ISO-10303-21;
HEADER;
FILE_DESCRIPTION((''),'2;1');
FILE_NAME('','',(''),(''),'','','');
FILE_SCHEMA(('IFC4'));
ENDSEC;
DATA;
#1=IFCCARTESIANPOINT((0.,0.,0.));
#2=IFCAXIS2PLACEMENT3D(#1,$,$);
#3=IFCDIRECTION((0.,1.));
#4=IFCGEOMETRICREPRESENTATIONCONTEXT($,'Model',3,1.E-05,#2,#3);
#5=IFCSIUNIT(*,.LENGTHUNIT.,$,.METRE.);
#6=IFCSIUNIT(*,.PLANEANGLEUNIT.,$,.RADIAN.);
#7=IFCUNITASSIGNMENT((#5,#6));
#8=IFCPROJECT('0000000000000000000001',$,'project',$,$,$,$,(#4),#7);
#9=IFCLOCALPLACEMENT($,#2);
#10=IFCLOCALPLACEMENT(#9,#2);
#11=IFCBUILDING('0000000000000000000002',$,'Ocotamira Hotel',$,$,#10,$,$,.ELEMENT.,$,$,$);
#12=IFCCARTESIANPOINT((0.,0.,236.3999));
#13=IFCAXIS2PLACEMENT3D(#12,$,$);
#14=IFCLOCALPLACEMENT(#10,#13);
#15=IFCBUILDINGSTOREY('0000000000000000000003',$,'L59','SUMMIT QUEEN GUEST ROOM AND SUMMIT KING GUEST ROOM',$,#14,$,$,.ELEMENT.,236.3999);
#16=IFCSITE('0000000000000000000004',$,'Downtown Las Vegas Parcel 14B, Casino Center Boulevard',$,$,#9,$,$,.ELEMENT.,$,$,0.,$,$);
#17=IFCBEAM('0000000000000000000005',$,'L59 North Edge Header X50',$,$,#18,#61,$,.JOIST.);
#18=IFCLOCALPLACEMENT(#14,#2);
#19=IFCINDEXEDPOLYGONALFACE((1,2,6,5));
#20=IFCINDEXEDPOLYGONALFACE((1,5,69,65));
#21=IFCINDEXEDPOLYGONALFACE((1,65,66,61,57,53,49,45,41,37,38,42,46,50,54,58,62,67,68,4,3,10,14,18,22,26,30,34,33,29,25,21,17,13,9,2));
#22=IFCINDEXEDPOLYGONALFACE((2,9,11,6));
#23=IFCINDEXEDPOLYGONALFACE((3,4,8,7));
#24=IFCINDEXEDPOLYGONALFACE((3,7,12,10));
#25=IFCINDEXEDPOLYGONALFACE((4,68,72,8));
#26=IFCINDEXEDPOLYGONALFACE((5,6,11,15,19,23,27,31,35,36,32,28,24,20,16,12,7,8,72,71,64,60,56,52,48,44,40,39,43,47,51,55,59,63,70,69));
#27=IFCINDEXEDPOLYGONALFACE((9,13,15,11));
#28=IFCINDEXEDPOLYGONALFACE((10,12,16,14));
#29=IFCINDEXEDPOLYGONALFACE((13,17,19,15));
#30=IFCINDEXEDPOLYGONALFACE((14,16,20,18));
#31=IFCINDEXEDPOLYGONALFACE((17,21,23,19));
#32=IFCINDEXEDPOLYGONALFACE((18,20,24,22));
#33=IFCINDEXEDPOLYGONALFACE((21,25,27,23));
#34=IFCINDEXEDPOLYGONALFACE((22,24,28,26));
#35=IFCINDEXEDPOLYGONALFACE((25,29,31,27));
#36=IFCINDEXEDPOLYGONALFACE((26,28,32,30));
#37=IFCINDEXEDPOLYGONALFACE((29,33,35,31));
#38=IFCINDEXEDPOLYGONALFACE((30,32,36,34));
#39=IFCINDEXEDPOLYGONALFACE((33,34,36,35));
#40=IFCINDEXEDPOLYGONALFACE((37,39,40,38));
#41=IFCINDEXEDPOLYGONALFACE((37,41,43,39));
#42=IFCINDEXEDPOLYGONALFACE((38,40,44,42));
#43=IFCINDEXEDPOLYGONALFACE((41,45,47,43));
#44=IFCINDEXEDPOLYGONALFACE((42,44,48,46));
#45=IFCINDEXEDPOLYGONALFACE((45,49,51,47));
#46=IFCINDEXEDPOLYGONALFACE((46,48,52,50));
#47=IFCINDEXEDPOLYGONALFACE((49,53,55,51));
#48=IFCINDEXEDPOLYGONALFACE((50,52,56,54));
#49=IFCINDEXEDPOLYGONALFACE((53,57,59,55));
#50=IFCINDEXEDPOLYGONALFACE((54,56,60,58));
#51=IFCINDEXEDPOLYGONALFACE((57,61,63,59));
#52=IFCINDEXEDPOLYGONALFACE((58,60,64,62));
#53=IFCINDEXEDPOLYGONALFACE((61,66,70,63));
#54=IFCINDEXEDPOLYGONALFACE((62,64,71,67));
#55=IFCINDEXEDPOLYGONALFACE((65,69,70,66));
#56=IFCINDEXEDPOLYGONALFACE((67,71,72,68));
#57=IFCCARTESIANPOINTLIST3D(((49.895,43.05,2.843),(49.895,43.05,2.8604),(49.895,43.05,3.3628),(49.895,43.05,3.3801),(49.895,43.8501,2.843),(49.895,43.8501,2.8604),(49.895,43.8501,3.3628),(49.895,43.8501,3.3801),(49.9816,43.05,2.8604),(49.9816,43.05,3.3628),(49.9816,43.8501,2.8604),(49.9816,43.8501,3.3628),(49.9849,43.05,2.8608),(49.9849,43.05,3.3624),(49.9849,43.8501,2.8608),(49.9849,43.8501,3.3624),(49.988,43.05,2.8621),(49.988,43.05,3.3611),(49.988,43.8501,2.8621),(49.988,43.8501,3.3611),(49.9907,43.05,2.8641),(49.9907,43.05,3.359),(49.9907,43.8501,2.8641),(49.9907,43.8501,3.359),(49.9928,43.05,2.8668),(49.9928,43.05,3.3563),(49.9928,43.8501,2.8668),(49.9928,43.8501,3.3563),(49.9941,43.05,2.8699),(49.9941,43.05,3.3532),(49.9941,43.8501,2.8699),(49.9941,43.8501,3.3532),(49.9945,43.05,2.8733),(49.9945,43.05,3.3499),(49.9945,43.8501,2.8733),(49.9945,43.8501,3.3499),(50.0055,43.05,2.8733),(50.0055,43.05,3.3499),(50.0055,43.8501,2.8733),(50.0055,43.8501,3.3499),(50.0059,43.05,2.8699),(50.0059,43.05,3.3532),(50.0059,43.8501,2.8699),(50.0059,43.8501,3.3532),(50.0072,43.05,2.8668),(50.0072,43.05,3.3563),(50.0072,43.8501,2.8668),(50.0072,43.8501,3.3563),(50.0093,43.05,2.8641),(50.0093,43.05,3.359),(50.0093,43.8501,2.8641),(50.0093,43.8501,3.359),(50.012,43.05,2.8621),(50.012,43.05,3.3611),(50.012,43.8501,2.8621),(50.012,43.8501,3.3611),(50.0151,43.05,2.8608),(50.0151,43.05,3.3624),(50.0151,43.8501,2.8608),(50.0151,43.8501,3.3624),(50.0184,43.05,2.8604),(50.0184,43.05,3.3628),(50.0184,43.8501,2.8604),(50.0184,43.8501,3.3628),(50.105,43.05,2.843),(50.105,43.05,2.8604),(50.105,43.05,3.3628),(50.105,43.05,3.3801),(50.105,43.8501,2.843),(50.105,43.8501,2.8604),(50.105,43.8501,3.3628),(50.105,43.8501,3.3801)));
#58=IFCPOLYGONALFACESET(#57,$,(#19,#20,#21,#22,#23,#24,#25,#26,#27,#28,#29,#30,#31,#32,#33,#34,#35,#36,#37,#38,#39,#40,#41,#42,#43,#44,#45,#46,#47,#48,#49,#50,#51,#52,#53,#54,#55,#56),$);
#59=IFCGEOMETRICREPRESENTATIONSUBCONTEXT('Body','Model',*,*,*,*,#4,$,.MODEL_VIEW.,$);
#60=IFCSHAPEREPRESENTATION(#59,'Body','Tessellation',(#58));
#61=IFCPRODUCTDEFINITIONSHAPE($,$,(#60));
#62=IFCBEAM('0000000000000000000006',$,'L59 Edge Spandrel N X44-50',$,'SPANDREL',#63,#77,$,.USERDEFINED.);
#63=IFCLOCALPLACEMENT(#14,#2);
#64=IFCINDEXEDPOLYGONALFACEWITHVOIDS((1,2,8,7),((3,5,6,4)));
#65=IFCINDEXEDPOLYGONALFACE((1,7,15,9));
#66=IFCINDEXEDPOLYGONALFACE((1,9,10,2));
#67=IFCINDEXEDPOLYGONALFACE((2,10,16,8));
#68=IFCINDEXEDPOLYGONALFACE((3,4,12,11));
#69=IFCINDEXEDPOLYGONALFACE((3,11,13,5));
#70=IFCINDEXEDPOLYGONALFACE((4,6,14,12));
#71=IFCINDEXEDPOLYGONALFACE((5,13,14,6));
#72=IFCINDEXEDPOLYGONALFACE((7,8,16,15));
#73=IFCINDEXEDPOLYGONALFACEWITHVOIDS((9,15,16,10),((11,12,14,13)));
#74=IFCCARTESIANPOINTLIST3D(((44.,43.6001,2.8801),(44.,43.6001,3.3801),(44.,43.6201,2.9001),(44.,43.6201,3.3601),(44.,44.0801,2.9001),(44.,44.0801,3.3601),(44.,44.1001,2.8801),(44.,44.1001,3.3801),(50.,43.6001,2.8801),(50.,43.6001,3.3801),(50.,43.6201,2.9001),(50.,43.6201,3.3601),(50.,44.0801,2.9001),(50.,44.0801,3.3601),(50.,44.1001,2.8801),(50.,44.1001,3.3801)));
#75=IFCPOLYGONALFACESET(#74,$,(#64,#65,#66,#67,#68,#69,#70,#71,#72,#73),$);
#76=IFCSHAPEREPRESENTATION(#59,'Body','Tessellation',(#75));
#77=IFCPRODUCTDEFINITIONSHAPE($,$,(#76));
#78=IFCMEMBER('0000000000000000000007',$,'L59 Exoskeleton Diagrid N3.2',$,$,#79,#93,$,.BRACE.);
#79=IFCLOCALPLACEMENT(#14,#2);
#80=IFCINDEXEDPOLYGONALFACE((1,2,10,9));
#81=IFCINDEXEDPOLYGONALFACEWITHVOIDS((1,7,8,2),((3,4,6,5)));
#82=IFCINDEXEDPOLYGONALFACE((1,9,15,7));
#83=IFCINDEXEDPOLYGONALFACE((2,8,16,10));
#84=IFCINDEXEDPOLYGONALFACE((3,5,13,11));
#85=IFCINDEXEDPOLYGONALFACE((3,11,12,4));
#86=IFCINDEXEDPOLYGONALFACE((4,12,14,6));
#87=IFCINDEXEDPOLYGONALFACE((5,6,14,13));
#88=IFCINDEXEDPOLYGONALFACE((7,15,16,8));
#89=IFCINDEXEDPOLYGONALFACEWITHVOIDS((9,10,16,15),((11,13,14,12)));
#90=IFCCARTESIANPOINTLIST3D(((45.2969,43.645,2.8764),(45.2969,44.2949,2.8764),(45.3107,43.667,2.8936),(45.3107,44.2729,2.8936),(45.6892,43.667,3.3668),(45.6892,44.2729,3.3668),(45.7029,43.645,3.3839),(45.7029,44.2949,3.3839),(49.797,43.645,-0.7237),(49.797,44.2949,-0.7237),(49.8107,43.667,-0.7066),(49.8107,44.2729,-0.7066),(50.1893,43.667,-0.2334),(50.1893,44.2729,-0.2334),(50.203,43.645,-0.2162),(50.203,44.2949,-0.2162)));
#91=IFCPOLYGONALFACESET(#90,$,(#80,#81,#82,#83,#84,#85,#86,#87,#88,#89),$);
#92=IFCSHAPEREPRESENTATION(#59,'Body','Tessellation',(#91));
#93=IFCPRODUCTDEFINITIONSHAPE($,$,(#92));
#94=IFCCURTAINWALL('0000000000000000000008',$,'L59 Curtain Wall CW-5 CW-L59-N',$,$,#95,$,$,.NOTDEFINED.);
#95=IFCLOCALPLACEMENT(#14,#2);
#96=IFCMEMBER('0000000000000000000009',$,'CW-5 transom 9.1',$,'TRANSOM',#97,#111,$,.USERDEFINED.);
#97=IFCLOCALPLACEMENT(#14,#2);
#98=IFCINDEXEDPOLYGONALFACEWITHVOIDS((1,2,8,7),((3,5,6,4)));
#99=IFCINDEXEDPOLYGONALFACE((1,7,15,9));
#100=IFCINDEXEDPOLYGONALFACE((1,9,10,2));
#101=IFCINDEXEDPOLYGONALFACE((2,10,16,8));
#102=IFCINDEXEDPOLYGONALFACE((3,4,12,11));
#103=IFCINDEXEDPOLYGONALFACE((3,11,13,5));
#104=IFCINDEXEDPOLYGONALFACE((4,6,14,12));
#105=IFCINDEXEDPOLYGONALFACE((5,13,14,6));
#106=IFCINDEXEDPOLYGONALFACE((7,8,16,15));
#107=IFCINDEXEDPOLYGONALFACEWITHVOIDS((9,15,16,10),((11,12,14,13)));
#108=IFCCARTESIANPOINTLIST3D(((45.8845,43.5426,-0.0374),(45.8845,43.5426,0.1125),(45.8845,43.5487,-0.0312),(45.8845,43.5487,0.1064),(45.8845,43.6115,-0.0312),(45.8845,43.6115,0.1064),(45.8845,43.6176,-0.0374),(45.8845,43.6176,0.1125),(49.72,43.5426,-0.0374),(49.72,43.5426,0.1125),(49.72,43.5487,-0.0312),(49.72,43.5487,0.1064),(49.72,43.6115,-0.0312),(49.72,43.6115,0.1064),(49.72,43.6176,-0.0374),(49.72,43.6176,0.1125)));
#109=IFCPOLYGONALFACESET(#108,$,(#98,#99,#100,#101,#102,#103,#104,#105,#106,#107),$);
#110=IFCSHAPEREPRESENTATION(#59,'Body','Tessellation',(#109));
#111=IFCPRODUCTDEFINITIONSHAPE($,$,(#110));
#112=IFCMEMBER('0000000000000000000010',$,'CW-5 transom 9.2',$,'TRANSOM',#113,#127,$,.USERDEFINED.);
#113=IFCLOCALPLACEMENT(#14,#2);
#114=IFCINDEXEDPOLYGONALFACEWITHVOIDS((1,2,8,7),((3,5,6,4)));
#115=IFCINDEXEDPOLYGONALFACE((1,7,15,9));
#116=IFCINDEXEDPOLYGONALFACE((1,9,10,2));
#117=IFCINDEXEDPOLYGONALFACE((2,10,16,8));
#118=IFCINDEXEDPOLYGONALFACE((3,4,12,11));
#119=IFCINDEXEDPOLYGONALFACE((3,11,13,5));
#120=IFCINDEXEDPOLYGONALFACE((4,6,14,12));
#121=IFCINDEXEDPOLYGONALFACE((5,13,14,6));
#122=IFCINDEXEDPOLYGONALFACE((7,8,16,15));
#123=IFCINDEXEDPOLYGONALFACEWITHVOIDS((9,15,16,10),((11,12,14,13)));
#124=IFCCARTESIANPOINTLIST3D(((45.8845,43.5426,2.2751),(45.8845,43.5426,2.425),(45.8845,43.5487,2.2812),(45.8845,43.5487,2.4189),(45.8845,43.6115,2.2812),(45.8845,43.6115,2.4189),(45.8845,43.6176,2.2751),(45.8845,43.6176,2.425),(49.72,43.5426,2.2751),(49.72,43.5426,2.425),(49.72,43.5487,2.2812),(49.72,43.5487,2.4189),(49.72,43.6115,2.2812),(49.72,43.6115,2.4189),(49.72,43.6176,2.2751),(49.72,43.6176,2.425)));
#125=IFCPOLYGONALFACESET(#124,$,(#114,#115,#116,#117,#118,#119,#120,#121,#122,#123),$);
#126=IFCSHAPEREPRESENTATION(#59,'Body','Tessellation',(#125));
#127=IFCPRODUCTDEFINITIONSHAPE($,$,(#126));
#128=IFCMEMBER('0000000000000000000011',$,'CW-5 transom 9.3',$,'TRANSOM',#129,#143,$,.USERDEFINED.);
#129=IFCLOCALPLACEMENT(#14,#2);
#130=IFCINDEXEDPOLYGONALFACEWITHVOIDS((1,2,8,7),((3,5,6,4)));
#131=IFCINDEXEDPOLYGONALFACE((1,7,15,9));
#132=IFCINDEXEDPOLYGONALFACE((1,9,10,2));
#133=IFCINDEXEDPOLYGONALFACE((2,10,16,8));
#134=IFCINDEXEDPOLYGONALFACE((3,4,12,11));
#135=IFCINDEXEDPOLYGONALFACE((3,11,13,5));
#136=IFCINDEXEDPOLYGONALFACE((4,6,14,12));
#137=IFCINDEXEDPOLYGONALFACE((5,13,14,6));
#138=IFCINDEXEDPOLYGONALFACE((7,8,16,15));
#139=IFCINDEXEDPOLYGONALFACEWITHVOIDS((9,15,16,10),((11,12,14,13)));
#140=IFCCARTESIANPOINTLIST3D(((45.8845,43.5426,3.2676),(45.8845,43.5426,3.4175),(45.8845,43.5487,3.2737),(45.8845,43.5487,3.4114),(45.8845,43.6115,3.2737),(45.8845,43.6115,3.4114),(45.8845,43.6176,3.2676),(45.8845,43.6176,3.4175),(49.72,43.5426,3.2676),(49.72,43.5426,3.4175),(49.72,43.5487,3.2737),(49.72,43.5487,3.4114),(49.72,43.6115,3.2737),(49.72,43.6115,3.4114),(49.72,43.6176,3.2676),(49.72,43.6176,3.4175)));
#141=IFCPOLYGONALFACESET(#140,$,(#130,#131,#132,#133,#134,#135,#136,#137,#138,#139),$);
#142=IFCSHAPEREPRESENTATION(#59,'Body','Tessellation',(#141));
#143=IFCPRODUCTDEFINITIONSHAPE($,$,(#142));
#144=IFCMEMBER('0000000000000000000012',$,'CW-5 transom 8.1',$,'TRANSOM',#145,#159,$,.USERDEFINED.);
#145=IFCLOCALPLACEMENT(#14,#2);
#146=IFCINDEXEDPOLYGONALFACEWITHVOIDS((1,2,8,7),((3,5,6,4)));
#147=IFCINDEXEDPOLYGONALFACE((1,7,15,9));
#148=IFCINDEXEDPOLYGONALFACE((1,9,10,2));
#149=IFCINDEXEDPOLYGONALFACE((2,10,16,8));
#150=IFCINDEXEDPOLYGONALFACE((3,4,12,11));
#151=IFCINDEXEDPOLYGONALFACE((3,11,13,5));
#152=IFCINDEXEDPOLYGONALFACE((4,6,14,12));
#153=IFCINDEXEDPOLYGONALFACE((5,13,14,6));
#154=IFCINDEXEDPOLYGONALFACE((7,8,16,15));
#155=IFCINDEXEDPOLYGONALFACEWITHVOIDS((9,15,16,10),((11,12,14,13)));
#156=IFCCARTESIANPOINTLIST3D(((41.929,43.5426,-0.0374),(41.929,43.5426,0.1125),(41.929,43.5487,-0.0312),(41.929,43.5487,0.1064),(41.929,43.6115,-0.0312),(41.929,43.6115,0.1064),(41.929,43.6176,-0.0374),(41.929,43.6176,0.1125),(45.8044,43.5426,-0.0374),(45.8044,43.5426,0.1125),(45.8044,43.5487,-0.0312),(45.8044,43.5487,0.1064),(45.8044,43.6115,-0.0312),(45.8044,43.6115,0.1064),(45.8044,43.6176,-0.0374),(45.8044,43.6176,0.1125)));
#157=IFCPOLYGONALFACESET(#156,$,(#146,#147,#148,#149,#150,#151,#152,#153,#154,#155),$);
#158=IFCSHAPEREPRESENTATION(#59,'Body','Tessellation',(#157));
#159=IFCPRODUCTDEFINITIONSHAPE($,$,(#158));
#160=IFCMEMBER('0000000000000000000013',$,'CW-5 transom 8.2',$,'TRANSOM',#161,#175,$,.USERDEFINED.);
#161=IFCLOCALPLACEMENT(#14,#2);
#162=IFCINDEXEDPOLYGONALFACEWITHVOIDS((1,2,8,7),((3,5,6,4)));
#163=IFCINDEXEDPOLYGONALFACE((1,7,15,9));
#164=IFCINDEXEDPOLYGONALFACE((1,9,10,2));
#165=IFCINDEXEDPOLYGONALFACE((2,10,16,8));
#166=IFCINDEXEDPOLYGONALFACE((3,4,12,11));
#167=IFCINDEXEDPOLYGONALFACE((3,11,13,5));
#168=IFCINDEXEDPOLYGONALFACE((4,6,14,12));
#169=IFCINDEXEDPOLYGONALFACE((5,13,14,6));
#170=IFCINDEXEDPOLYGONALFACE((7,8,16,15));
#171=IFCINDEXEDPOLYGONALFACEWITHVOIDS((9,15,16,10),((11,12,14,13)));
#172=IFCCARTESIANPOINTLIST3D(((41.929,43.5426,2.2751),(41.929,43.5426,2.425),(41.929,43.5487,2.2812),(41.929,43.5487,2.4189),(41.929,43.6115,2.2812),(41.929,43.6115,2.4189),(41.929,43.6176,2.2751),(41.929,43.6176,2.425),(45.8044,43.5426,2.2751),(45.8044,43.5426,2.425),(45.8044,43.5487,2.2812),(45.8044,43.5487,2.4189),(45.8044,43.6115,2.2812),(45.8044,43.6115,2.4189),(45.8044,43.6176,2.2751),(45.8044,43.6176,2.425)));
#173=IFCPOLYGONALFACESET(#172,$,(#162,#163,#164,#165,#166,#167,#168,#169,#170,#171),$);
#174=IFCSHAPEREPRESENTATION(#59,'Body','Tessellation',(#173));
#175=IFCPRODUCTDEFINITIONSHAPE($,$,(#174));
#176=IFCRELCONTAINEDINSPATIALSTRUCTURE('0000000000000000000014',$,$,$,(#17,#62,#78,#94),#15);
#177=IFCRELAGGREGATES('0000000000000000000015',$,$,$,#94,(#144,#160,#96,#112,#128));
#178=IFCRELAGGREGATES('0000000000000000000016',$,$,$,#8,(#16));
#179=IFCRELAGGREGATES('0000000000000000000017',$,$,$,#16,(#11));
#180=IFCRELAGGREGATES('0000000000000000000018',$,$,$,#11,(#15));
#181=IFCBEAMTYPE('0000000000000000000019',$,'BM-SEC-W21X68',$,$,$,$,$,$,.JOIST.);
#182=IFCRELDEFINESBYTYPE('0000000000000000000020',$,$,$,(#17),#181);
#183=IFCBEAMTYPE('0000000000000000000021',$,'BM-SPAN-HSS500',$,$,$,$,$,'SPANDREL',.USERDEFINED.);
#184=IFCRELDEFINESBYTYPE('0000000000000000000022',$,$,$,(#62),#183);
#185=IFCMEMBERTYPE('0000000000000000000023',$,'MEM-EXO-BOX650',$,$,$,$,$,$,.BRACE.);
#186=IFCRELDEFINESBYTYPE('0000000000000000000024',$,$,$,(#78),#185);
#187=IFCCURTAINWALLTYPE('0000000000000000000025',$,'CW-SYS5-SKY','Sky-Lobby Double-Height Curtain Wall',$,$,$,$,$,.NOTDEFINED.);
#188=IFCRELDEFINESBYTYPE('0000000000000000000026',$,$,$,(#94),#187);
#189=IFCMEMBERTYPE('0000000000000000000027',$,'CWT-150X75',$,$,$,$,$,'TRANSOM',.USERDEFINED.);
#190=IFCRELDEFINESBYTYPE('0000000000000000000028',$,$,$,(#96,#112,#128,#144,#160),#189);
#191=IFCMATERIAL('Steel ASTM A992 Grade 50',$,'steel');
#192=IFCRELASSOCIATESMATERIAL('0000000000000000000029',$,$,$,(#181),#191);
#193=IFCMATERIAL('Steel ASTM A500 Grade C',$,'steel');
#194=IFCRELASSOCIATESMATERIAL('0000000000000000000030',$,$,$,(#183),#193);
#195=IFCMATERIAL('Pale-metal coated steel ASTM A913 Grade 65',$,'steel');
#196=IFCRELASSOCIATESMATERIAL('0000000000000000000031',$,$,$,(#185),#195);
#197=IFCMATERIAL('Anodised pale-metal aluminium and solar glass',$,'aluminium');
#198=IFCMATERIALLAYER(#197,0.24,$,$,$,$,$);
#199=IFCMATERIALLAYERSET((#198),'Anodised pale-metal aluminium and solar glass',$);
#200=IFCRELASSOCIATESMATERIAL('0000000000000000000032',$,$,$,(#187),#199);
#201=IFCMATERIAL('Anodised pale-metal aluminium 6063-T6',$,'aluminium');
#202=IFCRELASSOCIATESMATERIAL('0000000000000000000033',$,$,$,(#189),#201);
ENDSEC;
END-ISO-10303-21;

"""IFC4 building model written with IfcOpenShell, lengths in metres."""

from ifc_helpers import new_model, si_unit, direction, frame, origin, origin_2d, place, context, subcontext, project, spatial, hollow_rectangle, i_section, extrude, source, transform, mapped, material, layer, layer_set, material_profile, profile_set, type_object, element, aggregate, save


model = new_model("IFC4")

# Units and contexts
model_context = context("Model", 3, precision=1e-05, world=origin(), true_north=direction((0.0, 1.0)))
body_context = subcontext(model_context, "Body", "Model", "MODEL_VIEW")
ifc_project = project(units=[si_unit("LENGTHUNIT", "METRE"), si_unit("PLANEANGLEUNIT", "RADIAN")], contexts=[model_context])

# Site, building, storey
site_placement = place(None, origin())
site = spatial("IfcSite", under=ifc_project, at=site_placement, Name="Downtown Las Vegas Parcel 14B, Casino Center Boulevard", CompositionType="ELEMENT", RefElevation=0.0)
building_placement = place(site_placement, origin())
building = spatial("IfcBuilding", under=site, at=building_placement, Name="Ocotamira Hotel", CompositionType="ELEMENT")
storey_placement = place(building_placement, frame((0.0, 0.0, 236.3999)))
storey = spatial("IfcBuildingStorey", under=building, at=storey_placement, Name="L59", Description="SUMMIT QUEEN GUEST ROOM AND SUMMIT KING GUEST ROOM", CompositionType="ELEMENT", Elevation=236.3999)

# Shared definitions
ifc_material_1 = material(Name="Steel ASTM A992 Grade 50", Category="steel")

# Beams
ifc_material_profile_1 = material_profile(ifc_material_1, i_section(OverallWidth=0.21, OverallDepth=0.5371, WebThickness=0.011, FlangeThickness=0.0173, FilletRadius=0.0129, at=origin_2d()), Name="W21X68")
ifc_profile_set_1 = profile_set([ifc_material_profile_1], Name="Steel ASTM A992 Grade 50")
beam_type_1 = type_object("IfcBeamType", Name="BM-SEC-W21X68", PredefinedType="JOIST", material=ifc_profile_set_1)
shared_shape_1 = source(origin(), body_context, "Body", "SweptSolid", [
    extrude(i_section(OverallWidth=0.21, OverallDepth=0.5371, WebThickness=0.011, FlangeThickness=0.0173, FilletRadius=0.0129, at=origin_2d()), origin(), (0.0, 0.0, 1.0), 0.8),
])
for number, where, z_axis, x_axis, name in (
    (1, (50.0, 43.05, 3.1116), (0.0, 1.0, 0.0), (-1.0, 0.0, 0.0), "L59 North Edge Header X50"),
):
    element("IfcBeam", number, at=place(storey_placement, frame(where, z_axis=z_axis, x_axis=x_axis)), inside=storey, type_object=beam_type_1, Name=name, PredefinedType="JOIST", context=body_context, shape_type="MappedRepresentation", body=[
        mapped(shared_shape_1, transform((0.0, 0.0, 0.0), scale=1.0)),
    ])
ifc_material_2 = material(Name="Steel ASTM A500 Grade C", Category="steel")
ifc_material_profile_2 = material_profile(ifc_material_2, hollow_rectangle(XDim=0.5, YDim=0.5, WallThickness=0.02, at=origin_2d()), Name="HSS500X500X20")
ifc_profile_set_2 = profile_set([ifc_material_profile_2], Name="Steel ASTM A500 Grade C")
beam_type_2 = type_object("IfcBeamType", Name="BM-SPAN-HSS500", ElementType="SPANDREL", PredefinedType="USERDEFINED", material=ifc_profile_set_2)
shared_shape_2 = source(origin(), body_context, "Body", "SweptSolid", [
    extrude(hollow_rectangle(XDim=0.5, YDim=0.5, WallThickness=0.02, at=origin_2d()), origin(), (0.0, 0.0, 1.0), 6.0),
])
beam_1_placement = place(storey_placement, frame((44.0, 43.8501, 3.1301), z_axis=(1.0, 0.0, 0.0), x_axis=(0.0, 1.0, 0.0)))
element("IfcBeam", 2, at=beam_1_placement, inside=storey, type_object=beam_type_2, Name="L59 Edge Spandrel N X44-50", ObjectType="SPANDREL", PredefinedType="USERDEFINED", context=body_context, shape_type="MappedRepresentation", body=[
    mapped(shared_shape_2, transform((0.0, 0.0, 0.0), scale=1.0)),
])

# Member
ifc_material_3 = material(Name="Pale-metal coated steel ASTM A913 Grade 65", Category="steel")
ifc_material_profile_3 = material_profile(ifc_material_3, hollow_rectangle(XDim=0.6499, YDim=0.6499, WallThickness=0.022, at=origin_2d()), Name="BOX650X650X22")
ifc_profile_set_3 = profile_set([ifc_material_profile_3], Name="Pale-metal coated steel ASTM A913 Grade 65")
member_type_1 = type_object("IfcMemberType", Name="MEM-EXO-BOX650", PredefinedType="BRACE", material=ifc_profile_set_3)
shared_shape_3 = source(origin(), body_context, "Body", "SweptSolid", [
    extrude(hollow_rectangle(XDim=0.6499, YDim=0.6499, WallThickness=0.022, at=origin_2d()), origin(), (0.0, 0.0, 1.0), 5.7629),
])
member_1_placement = place(storey_placement, frame((50.0, 43.97, -0.47), z_axis=(-0.780861, 0.0, 0.624705), x_axis=(0.0, -1.0, 0.0)))
element("IfcMember", 3, at=member_1_placement, inside=storey, type_object=member_type_1, Name="L59 Exoskeleton Diagrid N3.2", PredefinedType="BRACE", context=body_context, shape_type="MappedRepresentation", body=[
    mapped(shared_shape_3, transform((0.0, 0.0, 0.0), scale=1.0)),
])

# Curtain wall, members
ifc_material_4 = material(Name="Anodised pale-metal aluminium and solar glass", Category="aluminium")
ifc_layer_1 = layer(ifc_material_4, 0.24)
ifc_layer_set_1 = layer_set([ifc_layer_1], Name="Anodised pale-metal aluminium and solar glass")
curtain_wall_type = type_object("IfcCurtainWallType", Name="CW-SYS5-SKY", Description="Sky-Lobby Double-Height Curtain Wall", PredefinedType="NOTDEFINED", material=ifc_layer_set_1)
curtain_wall_placement = place(storey_placement, origin())
curtain_wall = element("IfcCurtainWall", 4, at=curtain_wall_placement, inside=storey, type_object=curtain_wall_type, Name="L59 Curtain Wall CW-5 CW-L59-N", PredefinedType="NOTDEFINED")
ifc_material_5 = material(Name="Anodised pale-metal aluminium 6063-T6", Category="aluminium")
ifc_material_profile_4 = material_profile(ifc_material_5, hollow_rectangle(XDim=0.075, YDim=0.1499, WallThickness=0.0061, at=origin_2d()), Name="HSS150X75X6")
ifc_profile_set_4 = profile_set([ifc_material_profile_4], Name="Anodised pale-metal aluminium 6063-T6")
member_type_2 = type_object("IfcMemberType", Name="CWT-150X75", ElementType="TRANSOM", PredefinedType="USERDEFINED", material=ifc_profile_set_4)
shared_shape_4 = source(origin(), body_context, "Body", "SweptSolid", [
    extrude(hollow_rectangle(XDim=0.075, YDim=0.1499, WallThickness=0.0061, at=origin_2d()), origin(), (0.0, 0.0, 1.0), 3.8354),
])
member_2_placement = place(storey_placement, frame((45.8845, 43.5801, 0.0376), z_axis=(1.0, 0.0, 0.0), x_axis=(0.0, 1.0, 0.0)))
member_2 = element("IfcMember", 5, at=member_2_placement, type_object=member_type_2, Name="CW-5 transom 9.1", ObjectType="TRANSOM", PredefinedType="USERDEFINED", context=body_context, shape_type="MappedRepresentation", body=[
    mapped(shared_shape_4, transform((0.0, 0.0, 0.0), scale=1.0)),
])
member_3_placement = place(storey_placement, frame((45.8845, 43.5801, 2.3501), z_axis=(1.0, 0.0, 0.0), x_axis=(0.0, 1.0, 0.0)))
member_3 = element("IfcMember", 6, at=member_3_placement, type_object=member_type_2, Name="CW-5 transom 9.2", ObjectType="TRANSOM", PredefinedType="USERDEFINED", context=body_context, shape_type="MappedRepresentation", body=[
    mapped(shared_shape_4, transform((0.0, 0.0, 0.0), scale=1.0)),
])
member_4_placement = place(storey_placement, frame((45.8845, 43.5801, 3.3425), z_axis=(1.0, 0.0, 0.0), x_axis=(0.0, 1.0, 0.0)))
member_4 = element("IfcMember", 7, at=member_4_placement, type_object=member_type_2, Name="CW-5 transom 9.3", ObjectType="TRANSOM", PredefinedType="USERDEFINED", context=body_context, shape_type="MappedRepresentation", body=[
    mapped(shared_shape_4, transform((0.0, 0.0, 0.0), scale=1.0)),
])
shared_shape_5 = source(origin(), body_context, "Body", "SweptSolid", [
    extrude(hollow_rectangle(XDim=0.075, YDim=0.1499, WallThickness=0.0061, at=origin_2d()), origin(), (0.0, 0.0, 1.0), 3.8755),
])
member_5_placement = place(storey_placement, frame((41.929, 43.5801, 0.0376), z_axis=(1.0, 0.0, 0.0), x_axis=(0.0, 1.0, 0.0)))
member_5 = element("IfcMember", 8, at=member_5_placement, type_object=member_type_2, Name="CW-5 transom 8.1", ObjectType="TRANSOM", PredefinedType="USERDEFINED", context=body_context, shape_type="MappedRepresentation", body=[
    mapped(shared_shape_5, transform((0.0, 0.0, 0.0), scale=1.0)),
])
member_6_placement = place(storey_placement, frame((41.929, 43.5801, 2.3501), z_axis=(1.0, 0.0, 0.0), x_axis=(0.0, 1.0, 0.0)))
member_6 = element("IfcMember", 9, at=member_6_placement, type_object=member_type_2, Name="CW-5 transom 8.2", ObjectType="TRANSOM", PredefinedType="USERDEFINED", context=body_context, shape_type="MappedRepresentation", body=[
    mapped(shared_shape_5, transform((0.0, 0.0, 0.0), scale=1.0)),
])

aggregate(curtain_wall, [member_5, member_6, member_2, member_3, member_4])

save(model, "model.ifc")
